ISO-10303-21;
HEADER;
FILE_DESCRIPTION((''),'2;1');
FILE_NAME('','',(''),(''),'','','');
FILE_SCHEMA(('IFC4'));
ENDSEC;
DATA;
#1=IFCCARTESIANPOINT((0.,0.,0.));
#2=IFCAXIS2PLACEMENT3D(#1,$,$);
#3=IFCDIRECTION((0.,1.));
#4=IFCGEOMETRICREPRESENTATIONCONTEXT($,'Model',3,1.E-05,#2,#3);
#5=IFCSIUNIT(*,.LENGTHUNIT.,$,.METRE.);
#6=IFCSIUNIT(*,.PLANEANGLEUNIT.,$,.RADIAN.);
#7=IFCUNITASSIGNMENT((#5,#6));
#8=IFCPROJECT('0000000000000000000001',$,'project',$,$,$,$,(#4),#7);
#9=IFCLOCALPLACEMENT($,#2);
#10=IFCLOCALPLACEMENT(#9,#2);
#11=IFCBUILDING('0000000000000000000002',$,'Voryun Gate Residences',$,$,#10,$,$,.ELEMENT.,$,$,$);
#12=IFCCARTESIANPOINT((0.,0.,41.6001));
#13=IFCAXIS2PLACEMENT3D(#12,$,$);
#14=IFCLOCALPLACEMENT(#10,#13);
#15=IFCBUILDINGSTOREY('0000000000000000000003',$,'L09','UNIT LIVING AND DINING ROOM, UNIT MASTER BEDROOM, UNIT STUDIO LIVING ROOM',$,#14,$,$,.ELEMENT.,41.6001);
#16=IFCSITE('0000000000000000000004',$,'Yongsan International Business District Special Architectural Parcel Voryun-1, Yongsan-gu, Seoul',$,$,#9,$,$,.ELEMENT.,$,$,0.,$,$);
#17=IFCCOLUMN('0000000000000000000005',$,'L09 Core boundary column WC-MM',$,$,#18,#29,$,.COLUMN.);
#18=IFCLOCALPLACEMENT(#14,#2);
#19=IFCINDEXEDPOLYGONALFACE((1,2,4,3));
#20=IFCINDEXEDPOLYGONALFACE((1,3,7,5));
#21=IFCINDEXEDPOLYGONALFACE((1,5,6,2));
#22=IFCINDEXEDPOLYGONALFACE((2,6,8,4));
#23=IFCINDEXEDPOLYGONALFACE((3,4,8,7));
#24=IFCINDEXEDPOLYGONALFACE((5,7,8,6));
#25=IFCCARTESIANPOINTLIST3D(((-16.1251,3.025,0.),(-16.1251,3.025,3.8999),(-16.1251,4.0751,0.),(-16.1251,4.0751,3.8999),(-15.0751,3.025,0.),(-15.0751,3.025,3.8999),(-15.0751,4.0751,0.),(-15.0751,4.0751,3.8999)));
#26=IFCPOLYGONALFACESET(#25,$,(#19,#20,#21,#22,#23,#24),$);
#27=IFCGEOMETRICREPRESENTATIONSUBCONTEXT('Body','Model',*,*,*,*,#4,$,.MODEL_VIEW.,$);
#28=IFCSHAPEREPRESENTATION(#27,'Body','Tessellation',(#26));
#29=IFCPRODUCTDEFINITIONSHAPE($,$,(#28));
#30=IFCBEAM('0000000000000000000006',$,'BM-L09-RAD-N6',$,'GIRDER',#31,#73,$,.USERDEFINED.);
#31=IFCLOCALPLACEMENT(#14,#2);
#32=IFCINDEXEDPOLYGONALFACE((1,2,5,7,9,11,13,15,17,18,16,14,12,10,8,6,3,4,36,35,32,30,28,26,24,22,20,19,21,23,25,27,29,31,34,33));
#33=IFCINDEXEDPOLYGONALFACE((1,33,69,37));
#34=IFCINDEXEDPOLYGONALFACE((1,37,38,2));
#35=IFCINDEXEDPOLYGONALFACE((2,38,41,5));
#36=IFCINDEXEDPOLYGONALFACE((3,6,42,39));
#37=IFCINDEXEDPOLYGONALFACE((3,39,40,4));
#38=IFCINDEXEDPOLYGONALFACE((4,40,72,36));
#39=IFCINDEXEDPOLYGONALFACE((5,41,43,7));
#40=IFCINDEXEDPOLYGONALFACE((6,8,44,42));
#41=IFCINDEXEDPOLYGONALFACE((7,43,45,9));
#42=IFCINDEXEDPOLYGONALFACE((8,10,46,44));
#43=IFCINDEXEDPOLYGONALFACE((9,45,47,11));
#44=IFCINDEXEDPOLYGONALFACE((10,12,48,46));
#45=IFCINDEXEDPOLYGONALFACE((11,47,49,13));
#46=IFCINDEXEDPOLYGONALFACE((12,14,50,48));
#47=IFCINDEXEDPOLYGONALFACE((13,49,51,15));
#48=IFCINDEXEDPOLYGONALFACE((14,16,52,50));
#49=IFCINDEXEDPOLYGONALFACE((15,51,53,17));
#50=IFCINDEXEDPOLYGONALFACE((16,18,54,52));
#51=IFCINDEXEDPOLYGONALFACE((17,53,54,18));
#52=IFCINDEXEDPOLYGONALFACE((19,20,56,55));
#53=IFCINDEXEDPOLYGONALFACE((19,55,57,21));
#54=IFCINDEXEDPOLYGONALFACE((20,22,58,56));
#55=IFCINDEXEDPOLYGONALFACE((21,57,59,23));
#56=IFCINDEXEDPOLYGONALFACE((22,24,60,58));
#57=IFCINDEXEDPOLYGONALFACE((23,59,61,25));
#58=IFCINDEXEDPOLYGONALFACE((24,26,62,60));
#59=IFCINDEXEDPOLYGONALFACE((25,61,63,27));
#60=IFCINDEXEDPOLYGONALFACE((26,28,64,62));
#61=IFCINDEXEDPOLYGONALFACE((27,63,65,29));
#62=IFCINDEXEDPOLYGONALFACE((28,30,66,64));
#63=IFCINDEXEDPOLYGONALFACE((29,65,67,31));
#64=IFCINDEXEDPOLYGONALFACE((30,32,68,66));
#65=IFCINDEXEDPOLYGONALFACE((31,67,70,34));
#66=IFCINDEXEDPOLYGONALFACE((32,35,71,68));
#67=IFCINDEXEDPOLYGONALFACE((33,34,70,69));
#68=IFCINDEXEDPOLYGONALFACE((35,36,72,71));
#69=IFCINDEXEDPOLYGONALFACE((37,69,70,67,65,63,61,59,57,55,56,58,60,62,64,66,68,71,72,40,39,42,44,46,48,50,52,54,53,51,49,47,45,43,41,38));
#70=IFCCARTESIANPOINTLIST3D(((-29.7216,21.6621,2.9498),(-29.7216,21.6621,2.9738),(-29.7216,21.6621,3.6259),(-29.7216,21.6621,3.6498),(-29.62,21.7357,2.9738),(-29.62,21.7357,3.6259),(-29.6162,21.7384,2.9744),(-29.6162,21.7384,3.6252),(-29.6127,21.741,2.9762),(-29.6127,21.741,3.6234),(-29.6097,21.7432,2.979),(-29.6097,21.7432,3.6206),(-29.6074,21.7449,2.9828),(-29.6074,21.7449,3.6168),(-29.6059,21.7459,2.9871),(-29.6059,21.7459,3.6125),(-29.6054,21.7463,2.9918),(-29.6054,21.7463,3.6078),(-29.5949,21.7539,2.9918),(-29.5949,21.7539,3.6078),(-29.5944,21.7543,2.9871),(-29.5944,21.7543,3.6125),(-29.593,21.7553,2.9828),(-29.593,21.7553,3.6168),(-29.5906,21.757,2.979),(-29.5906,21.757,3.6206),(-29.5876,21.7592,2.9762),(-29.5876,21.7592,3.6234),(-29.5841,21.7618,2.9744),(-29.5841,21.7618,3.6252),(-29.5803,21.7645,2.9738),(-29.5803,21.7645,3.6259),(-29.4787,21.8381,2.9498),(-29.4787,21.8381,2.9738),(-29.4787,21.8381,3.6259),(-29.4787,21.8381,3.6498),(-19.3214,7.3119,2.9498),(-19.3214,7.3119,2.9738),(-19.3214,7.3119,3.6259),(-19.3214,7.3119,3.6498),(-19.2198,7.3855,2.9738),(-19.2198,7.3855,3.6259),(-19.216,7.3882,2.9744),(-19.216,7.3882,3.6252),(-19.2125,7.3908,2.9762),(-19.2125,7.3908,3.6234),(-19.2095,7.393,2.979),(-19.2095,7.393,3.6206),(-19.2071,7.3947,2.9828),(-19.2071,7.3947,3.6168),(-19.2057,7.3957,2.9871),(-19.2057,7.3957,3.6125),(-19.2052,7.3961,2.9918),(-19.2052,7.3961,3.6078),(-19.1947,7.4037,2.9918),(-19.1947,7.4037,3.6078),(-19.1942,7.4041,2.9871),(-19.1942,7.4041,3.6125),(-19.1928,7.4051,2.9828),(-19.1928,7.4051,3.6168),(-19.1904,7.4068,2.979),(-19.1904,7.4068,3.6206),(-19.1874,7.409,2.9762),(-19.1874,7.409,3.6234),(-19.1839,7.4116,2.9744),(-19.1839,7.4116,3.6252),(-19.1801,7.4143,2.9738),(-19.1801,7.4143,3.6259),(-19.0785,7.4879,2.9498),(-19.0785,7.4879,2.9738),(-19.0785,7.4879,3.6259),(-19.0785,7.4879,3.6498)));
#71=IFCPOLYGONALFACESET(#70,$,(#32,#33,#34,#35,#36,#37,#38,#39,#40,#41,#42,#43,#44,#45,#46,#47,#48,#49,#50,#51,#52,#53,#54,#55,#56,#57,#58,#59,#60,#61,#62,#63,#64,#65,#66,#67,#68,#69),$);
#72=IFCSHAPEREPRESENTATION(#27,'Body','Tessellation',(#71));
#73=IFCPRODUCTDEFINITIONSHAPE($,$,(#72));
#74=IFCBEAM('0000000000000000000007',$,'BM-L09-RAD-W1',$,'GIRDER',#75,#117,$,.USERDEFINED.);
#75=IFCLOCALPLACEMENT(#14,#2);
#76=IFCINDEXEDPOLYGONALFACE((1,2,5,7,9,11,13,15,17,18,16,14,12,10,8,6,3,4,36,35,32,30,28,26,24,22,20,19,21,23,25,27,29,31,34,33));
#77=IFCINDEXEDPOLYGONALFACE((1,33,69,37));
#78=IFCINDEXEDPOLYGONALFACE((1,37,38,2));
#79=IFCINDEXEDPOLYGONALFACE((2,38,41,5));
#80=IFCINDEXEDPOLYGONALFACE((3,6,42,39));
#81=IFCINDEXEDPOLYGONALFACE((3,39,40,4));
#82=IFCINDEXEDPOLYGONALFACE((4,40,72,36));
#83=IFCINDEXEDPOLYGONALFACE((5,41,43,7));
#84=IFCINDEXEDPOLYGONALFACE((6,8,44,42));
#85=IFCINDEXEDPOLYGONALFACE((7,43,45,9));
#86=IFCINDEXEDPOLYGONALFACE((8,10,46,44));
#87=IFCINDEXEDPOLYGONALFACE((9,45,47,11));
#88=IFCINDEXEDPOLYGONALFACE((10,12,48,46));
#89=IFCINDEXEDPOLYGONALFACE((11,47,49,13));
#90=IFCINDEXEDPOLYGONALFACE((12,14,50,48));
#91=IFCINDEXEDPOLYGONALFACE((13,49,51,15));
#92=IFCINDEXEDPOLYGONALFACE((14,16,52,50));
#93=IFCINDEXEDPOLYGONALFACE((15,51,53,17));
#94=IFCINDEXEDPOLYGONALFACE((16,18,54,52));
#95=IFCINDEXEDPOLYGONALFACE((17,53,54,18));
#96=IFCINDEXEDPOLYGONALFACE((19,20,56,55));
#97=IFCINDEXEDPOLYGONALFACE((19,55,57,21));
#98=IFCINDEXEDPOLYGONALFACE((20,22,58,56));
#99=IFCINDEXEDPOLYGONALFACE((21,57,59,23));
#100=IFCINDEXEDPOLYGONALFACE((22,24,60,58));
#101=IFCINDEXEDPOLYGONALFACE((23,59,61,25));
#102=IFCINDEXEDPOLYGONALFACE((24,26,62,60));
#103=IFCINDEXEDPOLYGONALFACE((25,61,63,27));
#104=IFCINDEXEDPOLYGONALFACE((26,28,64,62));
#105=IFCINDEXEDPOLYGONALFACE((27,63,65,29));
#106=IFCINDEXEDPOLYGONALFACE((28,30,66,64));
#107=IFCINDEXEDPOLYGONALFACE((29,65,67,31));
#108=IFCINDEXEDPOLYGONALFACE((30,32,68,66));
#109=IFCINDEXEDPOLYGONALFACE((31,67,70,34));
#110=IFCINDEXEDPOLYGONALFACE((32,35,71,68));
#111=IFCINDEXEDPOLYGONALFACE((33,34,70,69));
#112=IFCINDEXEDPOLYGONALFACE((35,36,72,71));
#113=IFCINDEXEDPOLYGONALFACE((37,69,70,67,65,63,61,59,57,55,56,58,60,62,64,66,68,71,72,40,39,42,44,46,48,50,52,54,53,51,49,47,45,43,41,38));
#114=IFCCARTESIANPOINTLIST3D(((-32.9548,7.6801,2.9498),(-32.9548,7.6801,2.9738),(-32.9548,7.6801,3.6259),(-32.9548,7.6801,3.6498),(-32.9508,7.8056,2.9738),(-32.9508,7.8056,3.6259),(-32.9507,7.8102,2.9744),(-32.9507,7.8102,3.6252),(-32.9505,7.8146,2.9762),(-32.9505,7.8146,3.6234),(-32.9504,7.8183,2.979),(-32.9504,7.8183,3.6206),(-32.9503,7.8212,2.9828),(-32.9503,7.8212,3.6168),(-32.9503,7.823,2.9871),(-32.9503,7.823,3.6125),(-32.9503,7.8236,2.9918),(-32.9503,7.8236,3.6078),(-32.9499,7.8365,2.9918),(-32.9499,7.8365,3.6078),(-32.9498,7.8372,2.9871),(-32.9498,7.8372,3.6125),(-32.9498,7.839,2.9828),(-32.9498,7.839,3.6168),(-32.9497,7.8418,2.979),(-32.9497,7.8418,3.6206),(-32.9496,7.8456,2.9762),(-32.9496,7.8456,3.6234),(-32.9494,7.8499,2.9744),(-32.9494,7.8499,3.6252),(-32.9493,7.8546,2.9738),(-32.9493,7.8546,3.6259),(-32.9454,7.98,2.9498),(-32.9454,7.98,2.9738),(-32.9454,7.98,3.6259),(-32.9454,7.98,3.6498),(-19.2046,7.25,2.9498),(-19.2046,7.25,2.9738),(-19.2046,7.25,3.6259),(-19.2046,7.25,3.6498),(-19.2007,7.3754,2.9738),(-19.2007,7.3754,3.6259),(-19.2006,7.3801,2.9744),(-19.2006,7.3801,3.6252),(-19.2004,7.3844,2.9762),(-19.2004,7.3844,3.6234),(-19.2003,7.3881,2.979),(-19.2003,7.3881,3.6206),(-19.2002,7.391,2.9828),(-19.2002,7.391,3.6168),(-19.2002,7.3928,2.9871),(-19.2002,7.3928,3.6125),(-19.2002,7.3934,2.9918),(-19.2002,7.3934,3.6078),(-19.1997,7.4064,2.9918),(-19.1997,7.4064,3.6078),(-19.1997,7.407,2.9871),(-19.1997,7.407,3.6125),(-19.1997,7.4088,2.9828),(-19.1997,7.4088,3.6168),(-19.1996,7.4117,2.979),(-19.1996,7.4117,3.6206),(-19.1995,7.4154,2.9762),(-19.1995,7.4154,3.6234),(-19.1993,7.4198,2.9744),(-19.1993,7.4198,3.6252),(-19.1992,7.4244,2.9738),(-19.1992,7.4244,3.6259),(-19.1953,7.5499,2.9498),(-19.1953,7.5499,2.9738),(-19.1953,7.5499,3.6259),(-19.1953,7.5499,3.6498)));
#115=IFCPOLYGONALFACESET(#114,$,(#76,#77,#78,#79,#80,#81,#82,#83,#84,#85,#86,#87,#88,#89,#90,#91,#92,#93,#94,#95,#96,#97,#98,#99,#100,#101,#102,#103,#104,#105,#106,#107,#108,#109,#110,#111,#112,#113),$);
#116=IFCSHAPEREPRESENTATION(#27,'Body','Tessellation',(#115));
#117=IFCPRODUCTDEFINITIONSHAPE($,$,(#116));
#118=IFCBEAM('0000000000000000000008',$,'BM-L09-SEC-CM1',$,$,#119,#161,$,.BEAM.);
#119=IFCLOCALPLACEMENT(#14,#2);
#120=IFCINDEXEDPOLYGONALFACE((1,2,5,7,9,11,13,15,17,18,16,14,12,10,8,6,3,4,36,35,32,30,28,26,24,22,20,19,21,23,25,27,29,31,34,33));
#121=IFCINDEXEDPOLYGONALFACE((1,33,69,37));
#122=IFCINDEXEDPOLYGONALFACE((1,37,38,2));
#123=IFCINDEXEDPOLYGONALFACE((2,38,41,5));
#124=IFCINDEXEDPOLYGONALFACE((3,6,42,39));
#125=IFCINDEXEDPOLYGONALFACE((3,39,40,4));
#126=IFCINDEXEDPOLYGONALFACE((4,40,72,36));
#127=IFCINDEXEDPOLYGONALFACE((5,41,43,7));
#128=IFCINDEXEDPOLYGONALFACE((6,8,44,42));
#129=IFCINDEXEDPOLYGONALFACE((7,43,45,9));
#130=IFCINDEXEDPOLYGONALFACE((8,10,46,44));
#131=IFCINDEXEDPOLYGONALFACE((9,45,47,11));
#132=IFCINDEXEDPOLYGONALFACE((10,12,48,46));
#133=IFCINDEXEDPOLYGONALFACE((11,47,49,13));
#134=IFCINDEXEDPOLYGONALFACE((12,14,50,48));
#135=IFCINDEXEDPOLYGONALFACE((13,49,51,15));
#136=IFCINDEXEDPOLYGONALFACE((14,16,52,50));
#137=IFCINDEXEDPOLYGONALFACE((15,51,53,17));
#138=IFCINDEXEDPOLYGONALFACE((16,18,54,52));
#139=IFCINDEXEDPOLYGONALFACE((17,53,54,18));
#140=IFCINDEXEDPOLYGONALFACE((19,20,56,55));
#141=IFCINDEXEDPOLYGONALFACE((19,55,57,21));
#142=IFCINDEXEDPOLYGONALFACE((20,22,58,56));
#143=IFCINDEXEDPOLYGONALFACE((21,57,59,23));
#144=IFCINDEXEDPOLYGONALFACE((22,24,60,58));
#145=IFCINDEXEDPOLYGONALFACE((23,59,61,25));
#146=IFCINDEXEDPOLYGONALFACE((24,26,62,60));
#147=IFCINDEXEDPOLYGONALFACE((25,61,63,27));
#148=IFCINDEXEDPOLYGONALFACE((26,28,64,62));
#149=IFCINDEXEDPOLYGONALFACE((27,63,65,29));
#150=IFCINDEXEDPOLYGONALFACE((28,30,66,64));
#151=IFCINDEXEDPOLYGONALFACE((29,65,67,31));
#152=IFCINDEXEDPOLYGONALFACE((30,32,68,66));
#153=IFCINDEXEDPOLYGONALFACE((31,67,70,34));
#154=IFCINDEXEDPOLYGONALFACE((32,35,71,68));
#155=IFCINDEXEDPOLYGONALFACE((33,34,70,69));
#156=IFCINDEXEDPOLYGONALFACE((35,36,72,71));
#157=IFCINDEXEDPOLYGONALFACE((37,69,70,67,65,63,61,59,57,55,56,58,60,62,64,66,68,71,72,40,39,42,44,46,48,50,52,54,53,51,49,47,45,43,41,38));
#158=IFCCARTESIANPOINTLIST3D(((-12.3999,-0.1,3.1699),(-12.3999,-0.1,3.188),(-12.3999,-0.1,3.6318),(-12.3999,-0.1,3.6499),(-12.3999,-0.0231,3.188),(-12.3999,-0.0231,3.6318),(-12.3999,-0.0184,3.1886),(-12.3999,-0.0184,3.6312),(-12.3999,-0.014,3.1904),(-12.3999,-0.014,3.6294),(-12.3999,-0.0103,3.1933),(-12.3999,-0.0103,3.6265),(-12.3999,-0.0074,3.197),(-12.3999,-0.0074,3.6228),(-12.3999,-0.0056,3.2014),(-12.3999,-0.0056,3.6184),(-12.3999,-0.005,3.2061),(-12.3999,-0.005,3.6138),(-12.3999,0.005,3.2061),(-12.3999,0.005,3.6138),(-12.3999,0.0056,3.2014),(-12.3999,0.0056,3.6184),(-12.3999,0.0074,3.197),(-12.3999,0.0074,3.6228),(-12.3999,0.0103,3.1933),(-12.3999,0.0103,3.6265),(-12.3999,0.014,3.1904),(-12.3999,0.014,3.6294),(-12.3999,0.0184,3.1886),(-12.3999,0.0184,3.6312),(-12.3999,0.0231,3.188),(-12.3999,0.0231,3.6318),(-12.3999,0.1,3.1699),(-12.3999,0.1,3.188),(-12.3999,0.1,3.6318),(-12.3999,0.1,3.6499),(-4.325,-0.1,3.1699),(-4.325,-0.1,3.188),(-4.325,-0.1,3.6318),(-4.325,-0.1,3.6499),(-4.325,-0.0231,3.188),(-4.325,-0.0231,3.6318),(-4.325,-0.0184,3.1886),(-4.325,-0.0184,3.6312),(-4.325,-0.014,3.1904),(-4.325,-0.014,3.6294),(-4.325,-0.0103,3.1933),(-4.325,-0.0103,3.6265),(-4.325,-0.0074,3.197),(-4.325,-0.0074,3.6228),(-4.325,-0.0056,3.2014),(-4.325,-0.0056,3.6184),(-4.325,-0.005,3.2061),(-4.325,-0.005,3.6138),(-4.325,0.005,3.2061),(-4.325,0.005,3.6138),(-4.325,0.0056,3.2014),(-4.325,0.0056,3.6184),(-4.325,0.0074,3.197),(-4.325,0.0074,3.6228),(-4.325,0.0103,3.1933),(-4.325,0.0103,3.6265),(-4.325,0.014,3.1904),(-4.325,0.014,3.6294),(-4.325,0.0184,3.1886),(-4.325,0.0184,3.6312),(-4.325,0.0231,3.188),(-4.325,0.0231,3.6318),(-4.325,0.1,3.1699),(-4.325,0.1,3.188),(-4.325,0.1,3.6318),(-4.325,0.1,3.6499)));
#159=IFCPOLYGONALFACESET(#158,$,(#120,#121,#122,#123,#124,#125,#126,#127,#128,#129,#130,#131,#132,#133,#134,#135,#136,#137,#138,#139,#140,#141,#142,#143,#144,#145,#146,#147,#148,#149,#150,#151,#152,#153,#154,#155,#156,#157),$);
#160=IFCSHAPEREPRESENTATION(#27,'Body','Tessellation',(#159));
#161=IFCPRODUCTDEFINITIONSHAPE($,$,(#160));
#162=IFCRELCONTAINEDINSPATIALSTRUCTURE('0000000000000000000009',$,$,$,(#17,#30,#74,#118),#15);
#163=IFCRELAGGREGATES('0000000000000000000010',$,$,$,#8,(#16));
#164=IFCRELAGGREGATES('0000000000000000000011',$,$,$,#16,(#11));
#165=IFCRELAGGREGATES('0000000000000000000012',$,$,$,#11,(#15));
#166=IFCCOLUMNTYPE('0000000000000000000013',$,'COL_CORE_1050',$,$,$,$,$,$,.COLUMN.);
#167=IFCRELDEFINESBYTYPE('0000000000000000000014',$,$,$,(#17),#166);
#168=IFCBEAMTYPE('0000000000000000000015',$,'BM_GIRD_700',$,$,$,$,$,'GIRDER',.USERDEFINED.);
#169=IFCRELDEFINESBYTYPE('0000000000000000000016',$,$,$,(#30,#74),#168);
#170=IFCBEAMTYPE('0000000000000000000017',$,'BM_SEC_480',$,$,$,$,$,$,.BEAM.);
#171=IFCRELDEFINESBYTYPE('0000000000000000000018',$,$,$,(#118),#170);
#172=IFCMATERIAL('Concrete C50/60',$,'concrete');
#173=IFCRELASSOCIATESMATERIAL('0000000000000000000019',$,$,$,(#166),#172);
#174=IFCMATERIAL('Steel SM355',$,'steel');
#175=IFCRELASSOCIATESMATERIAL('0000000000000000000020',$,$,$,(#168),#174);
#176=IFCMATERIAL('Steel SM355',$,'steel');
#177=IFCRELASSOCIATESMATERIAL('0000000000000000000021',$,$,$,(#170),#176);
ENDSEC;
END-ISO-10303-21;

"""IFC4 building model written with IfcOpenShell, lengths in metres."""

from ifc_helpers import new_model, si_unit, direction, frame, origin, origin_2d, place, context, subcontext, project, spatial, rectangle, i_section, extrude, material, material_profile, profile_set, type_object, element, save


model = new_model("IFC4")

# Units and contexts
model_context = context("Model", 3, precision=1e-05, world=origin(), true_north=direction((0.0, 1.0)))
body_context = subcontext(model_context, "Body", "Model", "MODEL_VIEW")
ifc_project = project(units=[si_unit("LENGTHUNIT", "METRE"), si_unit("PLANEANGLEUNIT", "RADIAN")], contexts=[model_context])

# Site, building, storey
site_placement = place(None, origin())
site = spatial("IfcSite", under=ifc_project, at=site_placement, Name="Yongsan International Business District Special Architectural Parcel Voryun-1, Yongsan-gu, Seoul", CompositionType="ELEMENT", RefElevation=0.0)
building_placement = place(site_placement, origin())
building = spatial("IfcBuilding", under=site, at=building_placement, Name="Voryun Gate Residences", CompositionType="ELEMENT")
storey_placement = place(building_placement, frame((0.0, 0.0, 41.6001)))
storey = spatial("IfcBuildingStorey", under=building, at=storey_placement, Name="L09", Description="UNIT LIVING AND DINING ROOM, UNIT MASTER BEDROOM, UNIT STUDIO LIVING ROOM", CompositionType="ELEMENT", Elevation=41.6001)

# Column
ifc_material_1 = material(Name="Concrete C50/60", Category="concrete")
ifc_material_profile_1 = material_profile(ifc_material_1, rectangle(XDim=1.05, YDim=1.05, at=origin_2d()), Name="RC-1050x1050")
ifc_profile_set_1 = profile_set([ifc_material_profile_1], Name="Concrete C50/60")
column_type = type_object("IfcColumnType", Name="COL_CORE_1050", PredefinedType="COLUMN", material=ifc_profile_set_1)
column_placement = place(storey_placement, frame((-15.6001, 3.55, 0.0), z_axis=(0.0, 0.0, 1.0), x_axis=(1.0, 0.0, 0.0)))
element("IfcColumn", 1, at=column_placement, inside=storey, type_object=column_type, Name="L09 Core boundary column WC-MM", PredefinedType="COLUMN", context=body_context, shape_type="SweptSolid", body=[
    extrude(rectangle(XDim=1.05, YDim=1.05, at=origin_2d()), origin(), (0.0, 0.0, 1.0), 3.8999),
])

# Beams
ifc_material_2 = material(Name="Steel SM355", Category="steel")
ifc_material_profile_2 = material_profile(ifc_material_2, i_section(OverallWidth=0.3, OverallDepth=0.7, WebThickness=0.0129, FlangeThickness=0.0239, FilletRadius=0.0181, at=origin_2d()), Name="H-700x300x13x24")
ifc_profile_set_2 = profile_set([ifc_material_profile_2], Name="Steel SM355")
beam_type_1 = type_object("IfcBeamType", Name="BM_GIRD_700", ElementType="GIRDER", PredefinedType="USERDEFINED", material=ifc_profile_set_2)
beam_1_placement = place(storey_placement, frame((-19.2, 7.3999, 3.2998), z_axis=(-0.586832, 0.809709, 0.0), x_axis=(-0.809709, -0.586832, 0.0)))
element("IfcBeam", 2, at=beam_1_placement, inside=storey, type_object=beam_type_1, Name="BM-L09-RAD-N6", ObjectType="GIRDER", PredefinedType="USERDEFINED", context=body_context, shape_type="SweptSolid", body=[
    extrude(i_section(OverallWidth=0.3, OverallDepth=0.7, WebThickness=0.0129, FlangeThickness=0.0239, FilletRadius=0.0181, at=origin_2d()), origin(), (0.0, 0.0, 1.0), 17.7227),
])
beam_2_placement = place(storey_placement, frame((-19.2, 7.3999, 3.2998), z_axis=(-0.999511, 0.03127, 0.0), x_axis=(-0.03127, -0.999511, 0.0)))
element("IfcBeam", 3, at=beam_2_placement, inside=storey, type_object=beam_type_1, Name="BM-L09-RAD-W1", ObjectType="GIRDER", PredefinedType="USERDEFINED", context=body_context, shape_type="SweptSolid", body=[
    extrude(i_section(OverallWidth=0.3, OverallDepth=0.7, WebThickness=0.0129, FlangeThickness=0.0239, FilletRadius=0.0181, at=origin_2d()), origin(), (0.0, 0.0, 1.0), 13.7568),
])
ifc_material_3 = material(Name="Steel SM355", Category="steel")
ifc_material_profile_3 = material_profile(ifc_material_3, i_section(OverallWidth=0.2, OverallDepth=0.48, WebThickness=0.01, FlangeThickness=0.0181, FilletRadius=0.0181, at=origin_2d()), Name="H-480x200x10x18")
ifc_profile_set_3 = profile_set([ifc_material_profile_3], Name="Steel SM355")
beam_type_2 = type_object("IfcBeamType", Name="BM_SEC_480", PredefinedType="BEAM", material=ifc_profile_set_3)
for number, where, z_axis, x_axis, name in (
    (4, (-12.3999, 0.0, 3.4099), (1.0, 0.0, 0.0), (0.0, 1.0, 0.0), "BM-L09-SEC-CM1"),
):
    element("IfcBeam", number, at=place(storey_placement, frame(where, z_axis=z_axis, x_axis=x_axis)), inside=storey, type_object=beam_type_2, Name=name, PredefinedType="BEAM", context=body_context, shape_type="SweptSolid", body=[
        extrude(i_section(OverallWidth=0.2, OverallDepth=0.48, WebThickness=0.01, FlangeThickness=0.0181, FilletRadius=0.0181, at=origin_2d()), origin(), (0.0, 0.0, 1.0), 8.075),
    ])

save(model, "model.ifc")
